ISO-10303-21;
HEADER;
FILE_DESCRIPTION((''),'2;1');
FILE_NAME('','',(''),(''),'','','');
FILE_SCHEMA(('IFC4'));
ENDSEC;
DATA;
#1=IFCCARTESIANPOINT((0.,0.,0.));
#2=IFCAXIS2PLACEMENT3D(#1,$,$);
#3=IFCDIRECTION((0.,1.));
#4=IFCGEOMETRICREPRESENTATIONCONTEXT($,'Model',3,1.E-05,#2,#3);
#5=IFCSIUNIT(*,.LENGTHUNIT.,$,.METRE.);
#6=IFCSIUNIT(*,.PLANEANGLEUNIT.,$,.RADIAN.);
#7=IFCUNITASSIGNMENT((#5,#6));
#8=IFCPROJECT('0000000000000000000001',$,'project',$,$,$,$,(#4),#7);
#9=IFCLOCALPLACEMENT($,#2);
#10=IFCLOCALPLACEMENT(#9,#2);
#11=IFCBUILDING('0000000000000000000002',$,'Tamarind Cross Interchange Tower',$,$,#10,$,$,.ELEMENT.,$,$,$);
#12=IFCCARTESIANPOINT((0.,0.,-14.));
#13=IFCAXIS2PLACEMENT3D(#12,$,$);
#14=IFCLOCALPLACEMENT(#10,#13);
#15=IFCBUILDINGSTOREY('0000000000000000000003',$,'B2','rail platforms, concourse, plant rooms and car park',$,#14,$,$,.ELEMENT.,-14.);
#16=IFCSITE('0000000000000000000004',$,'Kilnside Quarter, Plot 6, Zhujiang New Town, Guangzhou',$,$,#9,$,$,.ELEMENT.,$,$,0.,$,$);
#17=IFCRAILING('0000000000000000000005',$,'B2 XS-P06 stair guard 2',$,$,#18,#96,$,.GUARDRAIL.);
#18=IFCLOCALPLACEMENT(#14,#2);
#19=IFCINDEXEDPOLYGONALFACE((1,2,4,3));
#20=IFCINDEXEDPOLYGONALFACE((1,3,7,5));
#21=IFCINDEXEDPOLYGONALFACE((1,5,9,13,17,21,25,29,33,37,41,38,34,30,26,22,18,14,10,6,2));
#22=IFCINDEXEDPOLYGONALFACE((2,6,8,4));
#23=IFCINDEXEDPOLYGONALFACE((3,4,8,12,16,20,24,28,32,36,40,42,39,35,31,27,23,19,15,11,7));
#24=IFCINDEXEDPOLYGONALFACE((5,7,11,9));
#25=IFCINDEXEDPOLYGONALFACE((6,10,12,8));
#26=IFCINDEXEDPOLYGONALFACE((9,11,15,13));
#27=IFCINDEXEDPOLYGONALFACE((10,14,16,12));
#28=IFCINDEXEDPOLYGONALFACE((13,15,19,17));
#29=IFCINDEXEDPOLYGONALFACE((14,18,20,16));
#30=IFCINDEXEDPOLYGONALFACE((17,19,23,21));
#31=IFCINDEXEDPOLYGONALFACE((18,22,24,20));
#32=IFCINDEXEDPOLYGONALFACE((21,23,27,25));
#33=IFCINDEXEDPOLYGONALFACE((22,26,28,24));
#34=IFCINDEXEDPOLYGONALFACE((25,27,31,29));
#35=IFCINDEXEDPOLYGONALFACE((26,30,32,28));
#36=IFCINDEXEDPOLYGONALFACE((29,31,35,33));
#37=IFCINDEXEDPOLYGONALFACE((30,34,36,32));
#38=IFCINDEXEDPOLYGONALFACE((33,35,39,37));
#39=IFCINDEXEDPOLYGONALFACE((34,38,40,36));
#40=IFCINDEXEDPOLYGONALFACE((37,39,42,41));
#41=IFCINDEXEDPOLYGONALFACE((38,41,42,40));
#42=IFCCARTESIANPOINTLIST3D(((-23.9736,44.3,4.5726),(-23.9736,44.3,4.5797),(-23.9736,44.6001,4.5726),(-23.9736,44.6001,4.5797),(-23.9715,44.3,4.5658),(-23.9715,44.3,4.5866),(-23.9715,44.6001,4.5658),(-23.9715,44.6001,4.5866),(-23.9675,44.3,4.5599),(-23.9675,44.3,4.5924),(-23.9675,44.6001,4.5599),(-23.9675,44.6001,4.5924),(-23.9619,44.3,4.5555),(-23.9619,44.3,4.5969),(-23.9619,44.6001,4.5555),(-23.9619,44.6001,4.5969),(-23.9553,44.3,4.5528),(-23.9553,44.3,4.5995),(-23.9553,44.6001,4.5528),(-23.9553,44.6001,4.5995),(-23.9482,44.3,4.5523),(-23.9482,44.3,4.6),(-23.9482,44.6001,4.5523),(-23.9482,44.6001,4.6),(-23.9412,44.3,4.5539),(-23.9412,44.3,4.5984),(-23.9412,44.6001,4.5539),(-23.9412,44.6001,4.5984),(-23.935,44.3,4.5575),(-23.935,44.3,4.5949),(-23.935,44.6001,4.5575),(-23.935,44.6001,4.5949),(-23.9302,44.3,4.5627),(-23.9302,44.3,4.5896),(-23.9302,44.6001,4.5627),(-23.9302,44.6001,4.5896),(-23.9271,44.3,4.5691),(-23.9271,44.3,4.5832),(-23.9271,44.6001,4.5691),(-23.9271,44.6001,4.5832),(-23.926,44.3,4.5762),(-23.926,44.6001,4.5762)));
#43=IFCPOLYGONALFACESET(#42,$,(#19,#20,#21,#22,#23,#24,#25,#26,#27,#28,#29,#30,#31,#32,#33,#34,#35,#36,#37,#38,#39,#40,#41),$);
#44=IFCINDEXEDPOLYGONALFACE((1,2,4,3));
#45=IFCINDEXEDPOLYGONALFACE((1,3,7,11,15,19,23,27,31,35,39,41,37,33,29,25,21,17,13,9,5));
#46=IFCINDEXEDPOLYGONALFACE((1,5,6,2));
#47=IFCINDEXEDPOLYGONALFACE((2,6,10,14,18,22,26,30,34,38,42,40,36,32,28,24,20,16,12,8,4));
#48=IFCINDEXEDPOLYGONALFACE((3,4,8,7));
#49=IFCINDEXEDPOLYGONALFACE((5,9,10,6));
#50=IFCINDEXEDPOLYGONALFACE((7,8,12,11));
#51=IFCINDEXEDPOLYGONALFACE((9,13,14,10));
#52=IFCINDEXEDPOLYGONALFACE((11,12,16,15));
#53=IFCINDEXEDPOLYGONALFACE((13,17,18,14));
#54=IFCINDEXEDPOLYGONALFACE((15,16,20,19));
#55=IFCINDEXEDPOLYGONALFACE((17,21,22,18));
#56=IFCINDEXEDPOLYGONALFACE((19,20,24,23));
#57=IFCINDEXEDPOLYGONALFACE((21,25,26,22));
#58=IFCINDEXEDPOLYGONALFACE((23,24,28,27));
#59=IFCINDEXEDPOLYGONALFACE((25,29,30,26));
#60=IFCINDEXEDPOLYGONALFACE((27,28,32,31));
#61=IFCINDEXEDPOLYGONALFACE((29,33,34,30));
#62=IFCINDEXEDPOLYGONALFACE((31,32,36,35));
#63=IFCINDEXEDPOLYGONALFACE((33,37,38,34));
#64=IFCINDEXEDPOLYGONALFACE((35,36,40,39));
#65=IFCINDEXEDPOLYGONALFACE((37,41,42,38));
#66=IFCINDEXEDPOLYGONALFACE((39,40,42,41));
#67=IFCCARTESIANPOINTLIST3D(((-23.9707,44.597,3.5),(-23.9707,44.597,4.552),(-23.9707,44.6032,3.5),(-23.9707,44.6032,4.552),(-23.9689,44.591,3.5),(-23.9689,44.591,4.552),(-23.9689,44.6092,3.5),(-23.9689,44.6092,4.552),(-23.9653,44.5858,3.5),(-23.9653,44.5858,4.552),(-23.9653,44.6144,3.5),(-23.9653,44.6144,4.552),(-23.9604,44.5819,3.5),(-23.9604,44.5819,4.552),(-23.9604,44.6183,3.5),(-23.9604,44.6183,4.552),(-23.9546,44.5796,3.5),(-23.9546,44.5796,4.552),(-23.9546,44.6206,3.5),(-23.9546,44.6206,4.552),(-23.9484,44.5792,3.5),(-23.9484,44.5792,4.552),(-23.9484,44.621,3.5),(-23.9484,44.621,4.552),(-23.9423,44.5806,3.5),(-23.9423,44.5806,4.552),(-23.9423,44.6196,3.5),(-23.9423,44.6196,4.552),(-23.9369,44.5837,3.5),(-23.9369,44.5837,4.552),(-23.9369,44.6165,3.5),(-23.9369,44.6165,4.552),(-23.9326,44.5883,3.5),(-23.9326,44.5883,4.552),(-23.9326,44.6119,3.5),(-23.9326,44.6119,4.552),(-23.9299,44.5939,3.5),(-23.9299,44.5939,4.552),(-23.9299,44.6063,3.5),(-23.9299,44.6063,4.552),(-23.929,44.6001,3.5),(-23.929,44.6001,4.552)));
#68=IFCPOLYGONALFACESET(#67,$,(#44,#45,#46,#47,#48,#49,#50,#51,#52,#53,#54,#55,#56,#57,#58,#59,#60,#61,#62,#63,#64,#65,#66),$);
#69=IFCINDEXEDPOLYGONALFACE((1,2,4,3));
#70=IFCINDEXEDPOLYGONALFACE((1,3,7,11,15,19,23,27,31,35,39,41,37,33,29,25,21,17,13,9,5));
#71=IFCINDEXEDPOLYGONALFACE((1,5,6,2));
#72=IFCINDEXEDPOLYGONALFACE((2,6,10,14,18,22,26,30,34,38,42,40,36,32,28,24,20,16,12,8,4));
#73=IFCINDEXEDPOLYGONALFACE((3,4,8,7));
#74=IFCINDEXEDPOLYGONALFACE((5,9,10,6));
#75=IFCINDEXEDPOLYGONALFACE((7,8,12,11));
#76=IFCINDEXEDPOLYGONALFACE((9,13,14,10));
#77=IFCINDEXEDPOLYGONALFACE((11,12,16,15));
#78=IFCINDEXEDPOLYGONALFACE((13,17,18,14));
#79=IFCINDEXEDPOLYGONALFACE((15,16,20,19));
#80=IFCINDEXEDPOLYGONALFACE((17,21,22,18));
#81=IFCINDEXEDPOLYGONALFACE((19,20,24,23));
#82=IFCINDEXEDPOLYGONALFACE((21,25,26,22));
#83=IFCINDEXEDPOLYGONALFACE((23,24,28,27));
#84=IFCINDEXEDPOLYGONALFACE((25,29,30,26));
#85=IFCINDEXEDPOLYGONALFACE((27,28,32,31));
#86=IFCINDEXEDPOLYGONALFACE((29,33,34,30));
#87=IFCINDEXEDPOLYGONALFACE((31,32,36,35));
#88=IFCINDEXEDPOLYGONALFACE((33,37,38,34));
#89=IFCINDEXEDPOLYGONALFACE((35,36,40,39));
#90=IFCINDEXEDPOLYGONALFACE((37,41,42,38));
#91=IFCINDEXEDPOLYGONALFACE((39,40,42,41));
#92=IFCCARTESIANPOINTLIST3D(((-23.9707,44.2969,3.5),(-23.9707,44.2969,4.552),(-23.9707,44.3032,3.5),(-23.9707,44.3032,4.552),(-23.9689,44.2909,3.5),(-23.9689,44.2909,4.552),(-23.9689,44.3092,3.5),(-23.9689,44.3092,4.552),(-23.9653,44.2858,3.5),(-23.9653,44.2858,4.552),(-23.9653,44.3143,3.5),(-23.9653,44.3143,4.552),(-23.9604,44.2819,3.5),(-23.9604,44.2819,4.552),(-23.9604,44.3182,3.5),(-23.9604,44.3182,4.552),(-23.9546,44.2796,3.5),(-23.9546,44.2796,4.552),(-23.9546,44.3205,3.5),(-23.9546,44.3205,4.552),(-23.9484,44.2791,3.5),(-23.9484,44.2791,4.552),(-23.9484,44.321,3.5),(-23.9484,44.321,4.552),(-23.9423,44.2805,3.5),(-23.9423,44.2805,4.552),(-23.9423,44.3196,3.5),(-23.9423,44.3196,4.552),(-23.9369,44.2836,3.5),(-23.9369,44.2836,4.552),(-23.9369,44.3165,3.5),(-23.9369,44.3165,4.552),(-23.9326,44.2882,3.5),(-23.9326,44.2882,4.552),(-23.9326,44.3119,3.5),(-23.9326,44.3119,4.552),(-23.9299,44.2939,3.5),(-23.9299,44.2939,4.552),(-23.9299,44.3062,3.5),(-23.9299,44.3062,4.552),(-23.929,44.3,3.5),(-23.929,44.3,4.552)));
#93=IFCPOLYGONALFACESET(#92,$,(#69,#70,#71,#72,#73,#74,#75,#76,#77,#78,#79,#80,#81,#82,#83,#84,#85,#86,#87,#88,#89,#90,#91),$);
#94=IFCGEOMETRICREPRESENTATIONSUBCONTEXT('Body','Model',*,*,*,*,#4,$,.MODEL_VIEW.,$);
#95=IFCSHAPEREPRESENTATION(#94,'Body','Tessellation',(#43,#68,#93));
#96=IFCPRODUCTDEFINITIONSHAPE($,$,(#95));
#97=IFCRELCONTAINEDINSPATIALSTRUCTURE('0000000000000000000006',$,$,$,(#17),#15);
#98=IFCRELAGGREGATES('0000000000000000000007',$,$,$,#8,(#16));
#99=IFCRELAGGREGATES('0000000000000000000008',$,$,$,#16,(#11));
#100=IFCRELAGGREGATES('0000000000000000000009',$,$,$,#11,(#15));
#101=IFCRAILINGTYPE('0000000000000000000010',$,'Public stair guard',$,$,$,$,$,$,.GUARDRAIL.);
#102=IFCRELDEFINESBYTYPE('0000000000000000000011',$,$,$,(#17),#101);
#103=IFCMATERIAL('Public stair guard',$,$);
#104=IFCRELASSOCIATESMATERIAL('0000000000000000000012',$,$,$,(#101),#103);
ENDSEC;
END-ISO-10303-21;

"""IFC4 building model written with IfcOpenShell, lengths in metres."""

from ifc_helpers import new_model, si_unit, direction, frame, origin, origin_2d, place, context, subcontext, project, spatial, circle, extrude, material, type_object, element, save


model = new_model("IFC4")

# Units and contexts
model_context = context("Model", 3, precision=1e-05, world=origin(), true_north=direction((0.0, 1.0)))
body_context = subcontext(model_context, "Body", "Model", "MODEL_VIEW")
ifc_project = project(units=[si_unit("LENGTHUNIT", "METRE"), si_unit("PLANEANGLEUNIT", "RADIAN")], contexts=[model_context])

# Site, building, storey
site_placement = place(None, origin())
site = spatial("IfcSite", under=ifc_project, at=site_placement, Name="Kilnside Quarter, Plot 6, Zhujiang New Town, Guangzhou", CompositionType="ELEMENT", RefElevation=0.0)
building_placement = place(site_placement, origin())
building = spatial("IfcBuilding", under=site, at=building_placement, Name="Tamarind Cross Interchange Tower", CompositionType="ELEMENT")
storey_placement = place(building_placement, frame((0.0, 0.0, -14.0)))
storey = spatial("IfcBuildingStorey", under=building, at=storey_placement, Name="B2", Description="rail platforms, concourse, plant rooms and car park", CompositionType="ELEMENT", Elevation=-14.0)

# Railing
ifc_material_1 = material(Name="Public stair guard")
railing_type_1 = type_object("IfcRailingType", Name="Public stair guard", PredefinedType="GUARDRAIL", material=ifc_material_1)
railing_1_placement = place(storey_placement, frame((-23.95, 44.6001, 3.5)))
element("IfcRailing", 1, at=railing_1_placement, inside=storey, type_object=railing_type_1, Name="B2 XS-P06 stair guard 2", PredefinedType="GUARDRAIL", context=body_context, shape_type="SweptSolid", body=[
    extrude(circle(Radius=0.0239, at=origin_2d()), frame((0.0, 0.0, 1.0762), z_axis=(0.0, -1.0, 0.0), x_axis=(1.0, 0.0, 0.0)), (0.0, 0.0, 1.0), 0.3),
    extrude(circle(Radius=0.021, at=origin_2d()), origin(), (0.0, 0.0, 1.0), 1.052),
    extrude(circle(Radius=0.021, at=origin_2d()), frame((0.0, -0.3, 0.0)), (0.0, 0.0, 1.0), 1.052),
])

save(model, "model.ifc")
